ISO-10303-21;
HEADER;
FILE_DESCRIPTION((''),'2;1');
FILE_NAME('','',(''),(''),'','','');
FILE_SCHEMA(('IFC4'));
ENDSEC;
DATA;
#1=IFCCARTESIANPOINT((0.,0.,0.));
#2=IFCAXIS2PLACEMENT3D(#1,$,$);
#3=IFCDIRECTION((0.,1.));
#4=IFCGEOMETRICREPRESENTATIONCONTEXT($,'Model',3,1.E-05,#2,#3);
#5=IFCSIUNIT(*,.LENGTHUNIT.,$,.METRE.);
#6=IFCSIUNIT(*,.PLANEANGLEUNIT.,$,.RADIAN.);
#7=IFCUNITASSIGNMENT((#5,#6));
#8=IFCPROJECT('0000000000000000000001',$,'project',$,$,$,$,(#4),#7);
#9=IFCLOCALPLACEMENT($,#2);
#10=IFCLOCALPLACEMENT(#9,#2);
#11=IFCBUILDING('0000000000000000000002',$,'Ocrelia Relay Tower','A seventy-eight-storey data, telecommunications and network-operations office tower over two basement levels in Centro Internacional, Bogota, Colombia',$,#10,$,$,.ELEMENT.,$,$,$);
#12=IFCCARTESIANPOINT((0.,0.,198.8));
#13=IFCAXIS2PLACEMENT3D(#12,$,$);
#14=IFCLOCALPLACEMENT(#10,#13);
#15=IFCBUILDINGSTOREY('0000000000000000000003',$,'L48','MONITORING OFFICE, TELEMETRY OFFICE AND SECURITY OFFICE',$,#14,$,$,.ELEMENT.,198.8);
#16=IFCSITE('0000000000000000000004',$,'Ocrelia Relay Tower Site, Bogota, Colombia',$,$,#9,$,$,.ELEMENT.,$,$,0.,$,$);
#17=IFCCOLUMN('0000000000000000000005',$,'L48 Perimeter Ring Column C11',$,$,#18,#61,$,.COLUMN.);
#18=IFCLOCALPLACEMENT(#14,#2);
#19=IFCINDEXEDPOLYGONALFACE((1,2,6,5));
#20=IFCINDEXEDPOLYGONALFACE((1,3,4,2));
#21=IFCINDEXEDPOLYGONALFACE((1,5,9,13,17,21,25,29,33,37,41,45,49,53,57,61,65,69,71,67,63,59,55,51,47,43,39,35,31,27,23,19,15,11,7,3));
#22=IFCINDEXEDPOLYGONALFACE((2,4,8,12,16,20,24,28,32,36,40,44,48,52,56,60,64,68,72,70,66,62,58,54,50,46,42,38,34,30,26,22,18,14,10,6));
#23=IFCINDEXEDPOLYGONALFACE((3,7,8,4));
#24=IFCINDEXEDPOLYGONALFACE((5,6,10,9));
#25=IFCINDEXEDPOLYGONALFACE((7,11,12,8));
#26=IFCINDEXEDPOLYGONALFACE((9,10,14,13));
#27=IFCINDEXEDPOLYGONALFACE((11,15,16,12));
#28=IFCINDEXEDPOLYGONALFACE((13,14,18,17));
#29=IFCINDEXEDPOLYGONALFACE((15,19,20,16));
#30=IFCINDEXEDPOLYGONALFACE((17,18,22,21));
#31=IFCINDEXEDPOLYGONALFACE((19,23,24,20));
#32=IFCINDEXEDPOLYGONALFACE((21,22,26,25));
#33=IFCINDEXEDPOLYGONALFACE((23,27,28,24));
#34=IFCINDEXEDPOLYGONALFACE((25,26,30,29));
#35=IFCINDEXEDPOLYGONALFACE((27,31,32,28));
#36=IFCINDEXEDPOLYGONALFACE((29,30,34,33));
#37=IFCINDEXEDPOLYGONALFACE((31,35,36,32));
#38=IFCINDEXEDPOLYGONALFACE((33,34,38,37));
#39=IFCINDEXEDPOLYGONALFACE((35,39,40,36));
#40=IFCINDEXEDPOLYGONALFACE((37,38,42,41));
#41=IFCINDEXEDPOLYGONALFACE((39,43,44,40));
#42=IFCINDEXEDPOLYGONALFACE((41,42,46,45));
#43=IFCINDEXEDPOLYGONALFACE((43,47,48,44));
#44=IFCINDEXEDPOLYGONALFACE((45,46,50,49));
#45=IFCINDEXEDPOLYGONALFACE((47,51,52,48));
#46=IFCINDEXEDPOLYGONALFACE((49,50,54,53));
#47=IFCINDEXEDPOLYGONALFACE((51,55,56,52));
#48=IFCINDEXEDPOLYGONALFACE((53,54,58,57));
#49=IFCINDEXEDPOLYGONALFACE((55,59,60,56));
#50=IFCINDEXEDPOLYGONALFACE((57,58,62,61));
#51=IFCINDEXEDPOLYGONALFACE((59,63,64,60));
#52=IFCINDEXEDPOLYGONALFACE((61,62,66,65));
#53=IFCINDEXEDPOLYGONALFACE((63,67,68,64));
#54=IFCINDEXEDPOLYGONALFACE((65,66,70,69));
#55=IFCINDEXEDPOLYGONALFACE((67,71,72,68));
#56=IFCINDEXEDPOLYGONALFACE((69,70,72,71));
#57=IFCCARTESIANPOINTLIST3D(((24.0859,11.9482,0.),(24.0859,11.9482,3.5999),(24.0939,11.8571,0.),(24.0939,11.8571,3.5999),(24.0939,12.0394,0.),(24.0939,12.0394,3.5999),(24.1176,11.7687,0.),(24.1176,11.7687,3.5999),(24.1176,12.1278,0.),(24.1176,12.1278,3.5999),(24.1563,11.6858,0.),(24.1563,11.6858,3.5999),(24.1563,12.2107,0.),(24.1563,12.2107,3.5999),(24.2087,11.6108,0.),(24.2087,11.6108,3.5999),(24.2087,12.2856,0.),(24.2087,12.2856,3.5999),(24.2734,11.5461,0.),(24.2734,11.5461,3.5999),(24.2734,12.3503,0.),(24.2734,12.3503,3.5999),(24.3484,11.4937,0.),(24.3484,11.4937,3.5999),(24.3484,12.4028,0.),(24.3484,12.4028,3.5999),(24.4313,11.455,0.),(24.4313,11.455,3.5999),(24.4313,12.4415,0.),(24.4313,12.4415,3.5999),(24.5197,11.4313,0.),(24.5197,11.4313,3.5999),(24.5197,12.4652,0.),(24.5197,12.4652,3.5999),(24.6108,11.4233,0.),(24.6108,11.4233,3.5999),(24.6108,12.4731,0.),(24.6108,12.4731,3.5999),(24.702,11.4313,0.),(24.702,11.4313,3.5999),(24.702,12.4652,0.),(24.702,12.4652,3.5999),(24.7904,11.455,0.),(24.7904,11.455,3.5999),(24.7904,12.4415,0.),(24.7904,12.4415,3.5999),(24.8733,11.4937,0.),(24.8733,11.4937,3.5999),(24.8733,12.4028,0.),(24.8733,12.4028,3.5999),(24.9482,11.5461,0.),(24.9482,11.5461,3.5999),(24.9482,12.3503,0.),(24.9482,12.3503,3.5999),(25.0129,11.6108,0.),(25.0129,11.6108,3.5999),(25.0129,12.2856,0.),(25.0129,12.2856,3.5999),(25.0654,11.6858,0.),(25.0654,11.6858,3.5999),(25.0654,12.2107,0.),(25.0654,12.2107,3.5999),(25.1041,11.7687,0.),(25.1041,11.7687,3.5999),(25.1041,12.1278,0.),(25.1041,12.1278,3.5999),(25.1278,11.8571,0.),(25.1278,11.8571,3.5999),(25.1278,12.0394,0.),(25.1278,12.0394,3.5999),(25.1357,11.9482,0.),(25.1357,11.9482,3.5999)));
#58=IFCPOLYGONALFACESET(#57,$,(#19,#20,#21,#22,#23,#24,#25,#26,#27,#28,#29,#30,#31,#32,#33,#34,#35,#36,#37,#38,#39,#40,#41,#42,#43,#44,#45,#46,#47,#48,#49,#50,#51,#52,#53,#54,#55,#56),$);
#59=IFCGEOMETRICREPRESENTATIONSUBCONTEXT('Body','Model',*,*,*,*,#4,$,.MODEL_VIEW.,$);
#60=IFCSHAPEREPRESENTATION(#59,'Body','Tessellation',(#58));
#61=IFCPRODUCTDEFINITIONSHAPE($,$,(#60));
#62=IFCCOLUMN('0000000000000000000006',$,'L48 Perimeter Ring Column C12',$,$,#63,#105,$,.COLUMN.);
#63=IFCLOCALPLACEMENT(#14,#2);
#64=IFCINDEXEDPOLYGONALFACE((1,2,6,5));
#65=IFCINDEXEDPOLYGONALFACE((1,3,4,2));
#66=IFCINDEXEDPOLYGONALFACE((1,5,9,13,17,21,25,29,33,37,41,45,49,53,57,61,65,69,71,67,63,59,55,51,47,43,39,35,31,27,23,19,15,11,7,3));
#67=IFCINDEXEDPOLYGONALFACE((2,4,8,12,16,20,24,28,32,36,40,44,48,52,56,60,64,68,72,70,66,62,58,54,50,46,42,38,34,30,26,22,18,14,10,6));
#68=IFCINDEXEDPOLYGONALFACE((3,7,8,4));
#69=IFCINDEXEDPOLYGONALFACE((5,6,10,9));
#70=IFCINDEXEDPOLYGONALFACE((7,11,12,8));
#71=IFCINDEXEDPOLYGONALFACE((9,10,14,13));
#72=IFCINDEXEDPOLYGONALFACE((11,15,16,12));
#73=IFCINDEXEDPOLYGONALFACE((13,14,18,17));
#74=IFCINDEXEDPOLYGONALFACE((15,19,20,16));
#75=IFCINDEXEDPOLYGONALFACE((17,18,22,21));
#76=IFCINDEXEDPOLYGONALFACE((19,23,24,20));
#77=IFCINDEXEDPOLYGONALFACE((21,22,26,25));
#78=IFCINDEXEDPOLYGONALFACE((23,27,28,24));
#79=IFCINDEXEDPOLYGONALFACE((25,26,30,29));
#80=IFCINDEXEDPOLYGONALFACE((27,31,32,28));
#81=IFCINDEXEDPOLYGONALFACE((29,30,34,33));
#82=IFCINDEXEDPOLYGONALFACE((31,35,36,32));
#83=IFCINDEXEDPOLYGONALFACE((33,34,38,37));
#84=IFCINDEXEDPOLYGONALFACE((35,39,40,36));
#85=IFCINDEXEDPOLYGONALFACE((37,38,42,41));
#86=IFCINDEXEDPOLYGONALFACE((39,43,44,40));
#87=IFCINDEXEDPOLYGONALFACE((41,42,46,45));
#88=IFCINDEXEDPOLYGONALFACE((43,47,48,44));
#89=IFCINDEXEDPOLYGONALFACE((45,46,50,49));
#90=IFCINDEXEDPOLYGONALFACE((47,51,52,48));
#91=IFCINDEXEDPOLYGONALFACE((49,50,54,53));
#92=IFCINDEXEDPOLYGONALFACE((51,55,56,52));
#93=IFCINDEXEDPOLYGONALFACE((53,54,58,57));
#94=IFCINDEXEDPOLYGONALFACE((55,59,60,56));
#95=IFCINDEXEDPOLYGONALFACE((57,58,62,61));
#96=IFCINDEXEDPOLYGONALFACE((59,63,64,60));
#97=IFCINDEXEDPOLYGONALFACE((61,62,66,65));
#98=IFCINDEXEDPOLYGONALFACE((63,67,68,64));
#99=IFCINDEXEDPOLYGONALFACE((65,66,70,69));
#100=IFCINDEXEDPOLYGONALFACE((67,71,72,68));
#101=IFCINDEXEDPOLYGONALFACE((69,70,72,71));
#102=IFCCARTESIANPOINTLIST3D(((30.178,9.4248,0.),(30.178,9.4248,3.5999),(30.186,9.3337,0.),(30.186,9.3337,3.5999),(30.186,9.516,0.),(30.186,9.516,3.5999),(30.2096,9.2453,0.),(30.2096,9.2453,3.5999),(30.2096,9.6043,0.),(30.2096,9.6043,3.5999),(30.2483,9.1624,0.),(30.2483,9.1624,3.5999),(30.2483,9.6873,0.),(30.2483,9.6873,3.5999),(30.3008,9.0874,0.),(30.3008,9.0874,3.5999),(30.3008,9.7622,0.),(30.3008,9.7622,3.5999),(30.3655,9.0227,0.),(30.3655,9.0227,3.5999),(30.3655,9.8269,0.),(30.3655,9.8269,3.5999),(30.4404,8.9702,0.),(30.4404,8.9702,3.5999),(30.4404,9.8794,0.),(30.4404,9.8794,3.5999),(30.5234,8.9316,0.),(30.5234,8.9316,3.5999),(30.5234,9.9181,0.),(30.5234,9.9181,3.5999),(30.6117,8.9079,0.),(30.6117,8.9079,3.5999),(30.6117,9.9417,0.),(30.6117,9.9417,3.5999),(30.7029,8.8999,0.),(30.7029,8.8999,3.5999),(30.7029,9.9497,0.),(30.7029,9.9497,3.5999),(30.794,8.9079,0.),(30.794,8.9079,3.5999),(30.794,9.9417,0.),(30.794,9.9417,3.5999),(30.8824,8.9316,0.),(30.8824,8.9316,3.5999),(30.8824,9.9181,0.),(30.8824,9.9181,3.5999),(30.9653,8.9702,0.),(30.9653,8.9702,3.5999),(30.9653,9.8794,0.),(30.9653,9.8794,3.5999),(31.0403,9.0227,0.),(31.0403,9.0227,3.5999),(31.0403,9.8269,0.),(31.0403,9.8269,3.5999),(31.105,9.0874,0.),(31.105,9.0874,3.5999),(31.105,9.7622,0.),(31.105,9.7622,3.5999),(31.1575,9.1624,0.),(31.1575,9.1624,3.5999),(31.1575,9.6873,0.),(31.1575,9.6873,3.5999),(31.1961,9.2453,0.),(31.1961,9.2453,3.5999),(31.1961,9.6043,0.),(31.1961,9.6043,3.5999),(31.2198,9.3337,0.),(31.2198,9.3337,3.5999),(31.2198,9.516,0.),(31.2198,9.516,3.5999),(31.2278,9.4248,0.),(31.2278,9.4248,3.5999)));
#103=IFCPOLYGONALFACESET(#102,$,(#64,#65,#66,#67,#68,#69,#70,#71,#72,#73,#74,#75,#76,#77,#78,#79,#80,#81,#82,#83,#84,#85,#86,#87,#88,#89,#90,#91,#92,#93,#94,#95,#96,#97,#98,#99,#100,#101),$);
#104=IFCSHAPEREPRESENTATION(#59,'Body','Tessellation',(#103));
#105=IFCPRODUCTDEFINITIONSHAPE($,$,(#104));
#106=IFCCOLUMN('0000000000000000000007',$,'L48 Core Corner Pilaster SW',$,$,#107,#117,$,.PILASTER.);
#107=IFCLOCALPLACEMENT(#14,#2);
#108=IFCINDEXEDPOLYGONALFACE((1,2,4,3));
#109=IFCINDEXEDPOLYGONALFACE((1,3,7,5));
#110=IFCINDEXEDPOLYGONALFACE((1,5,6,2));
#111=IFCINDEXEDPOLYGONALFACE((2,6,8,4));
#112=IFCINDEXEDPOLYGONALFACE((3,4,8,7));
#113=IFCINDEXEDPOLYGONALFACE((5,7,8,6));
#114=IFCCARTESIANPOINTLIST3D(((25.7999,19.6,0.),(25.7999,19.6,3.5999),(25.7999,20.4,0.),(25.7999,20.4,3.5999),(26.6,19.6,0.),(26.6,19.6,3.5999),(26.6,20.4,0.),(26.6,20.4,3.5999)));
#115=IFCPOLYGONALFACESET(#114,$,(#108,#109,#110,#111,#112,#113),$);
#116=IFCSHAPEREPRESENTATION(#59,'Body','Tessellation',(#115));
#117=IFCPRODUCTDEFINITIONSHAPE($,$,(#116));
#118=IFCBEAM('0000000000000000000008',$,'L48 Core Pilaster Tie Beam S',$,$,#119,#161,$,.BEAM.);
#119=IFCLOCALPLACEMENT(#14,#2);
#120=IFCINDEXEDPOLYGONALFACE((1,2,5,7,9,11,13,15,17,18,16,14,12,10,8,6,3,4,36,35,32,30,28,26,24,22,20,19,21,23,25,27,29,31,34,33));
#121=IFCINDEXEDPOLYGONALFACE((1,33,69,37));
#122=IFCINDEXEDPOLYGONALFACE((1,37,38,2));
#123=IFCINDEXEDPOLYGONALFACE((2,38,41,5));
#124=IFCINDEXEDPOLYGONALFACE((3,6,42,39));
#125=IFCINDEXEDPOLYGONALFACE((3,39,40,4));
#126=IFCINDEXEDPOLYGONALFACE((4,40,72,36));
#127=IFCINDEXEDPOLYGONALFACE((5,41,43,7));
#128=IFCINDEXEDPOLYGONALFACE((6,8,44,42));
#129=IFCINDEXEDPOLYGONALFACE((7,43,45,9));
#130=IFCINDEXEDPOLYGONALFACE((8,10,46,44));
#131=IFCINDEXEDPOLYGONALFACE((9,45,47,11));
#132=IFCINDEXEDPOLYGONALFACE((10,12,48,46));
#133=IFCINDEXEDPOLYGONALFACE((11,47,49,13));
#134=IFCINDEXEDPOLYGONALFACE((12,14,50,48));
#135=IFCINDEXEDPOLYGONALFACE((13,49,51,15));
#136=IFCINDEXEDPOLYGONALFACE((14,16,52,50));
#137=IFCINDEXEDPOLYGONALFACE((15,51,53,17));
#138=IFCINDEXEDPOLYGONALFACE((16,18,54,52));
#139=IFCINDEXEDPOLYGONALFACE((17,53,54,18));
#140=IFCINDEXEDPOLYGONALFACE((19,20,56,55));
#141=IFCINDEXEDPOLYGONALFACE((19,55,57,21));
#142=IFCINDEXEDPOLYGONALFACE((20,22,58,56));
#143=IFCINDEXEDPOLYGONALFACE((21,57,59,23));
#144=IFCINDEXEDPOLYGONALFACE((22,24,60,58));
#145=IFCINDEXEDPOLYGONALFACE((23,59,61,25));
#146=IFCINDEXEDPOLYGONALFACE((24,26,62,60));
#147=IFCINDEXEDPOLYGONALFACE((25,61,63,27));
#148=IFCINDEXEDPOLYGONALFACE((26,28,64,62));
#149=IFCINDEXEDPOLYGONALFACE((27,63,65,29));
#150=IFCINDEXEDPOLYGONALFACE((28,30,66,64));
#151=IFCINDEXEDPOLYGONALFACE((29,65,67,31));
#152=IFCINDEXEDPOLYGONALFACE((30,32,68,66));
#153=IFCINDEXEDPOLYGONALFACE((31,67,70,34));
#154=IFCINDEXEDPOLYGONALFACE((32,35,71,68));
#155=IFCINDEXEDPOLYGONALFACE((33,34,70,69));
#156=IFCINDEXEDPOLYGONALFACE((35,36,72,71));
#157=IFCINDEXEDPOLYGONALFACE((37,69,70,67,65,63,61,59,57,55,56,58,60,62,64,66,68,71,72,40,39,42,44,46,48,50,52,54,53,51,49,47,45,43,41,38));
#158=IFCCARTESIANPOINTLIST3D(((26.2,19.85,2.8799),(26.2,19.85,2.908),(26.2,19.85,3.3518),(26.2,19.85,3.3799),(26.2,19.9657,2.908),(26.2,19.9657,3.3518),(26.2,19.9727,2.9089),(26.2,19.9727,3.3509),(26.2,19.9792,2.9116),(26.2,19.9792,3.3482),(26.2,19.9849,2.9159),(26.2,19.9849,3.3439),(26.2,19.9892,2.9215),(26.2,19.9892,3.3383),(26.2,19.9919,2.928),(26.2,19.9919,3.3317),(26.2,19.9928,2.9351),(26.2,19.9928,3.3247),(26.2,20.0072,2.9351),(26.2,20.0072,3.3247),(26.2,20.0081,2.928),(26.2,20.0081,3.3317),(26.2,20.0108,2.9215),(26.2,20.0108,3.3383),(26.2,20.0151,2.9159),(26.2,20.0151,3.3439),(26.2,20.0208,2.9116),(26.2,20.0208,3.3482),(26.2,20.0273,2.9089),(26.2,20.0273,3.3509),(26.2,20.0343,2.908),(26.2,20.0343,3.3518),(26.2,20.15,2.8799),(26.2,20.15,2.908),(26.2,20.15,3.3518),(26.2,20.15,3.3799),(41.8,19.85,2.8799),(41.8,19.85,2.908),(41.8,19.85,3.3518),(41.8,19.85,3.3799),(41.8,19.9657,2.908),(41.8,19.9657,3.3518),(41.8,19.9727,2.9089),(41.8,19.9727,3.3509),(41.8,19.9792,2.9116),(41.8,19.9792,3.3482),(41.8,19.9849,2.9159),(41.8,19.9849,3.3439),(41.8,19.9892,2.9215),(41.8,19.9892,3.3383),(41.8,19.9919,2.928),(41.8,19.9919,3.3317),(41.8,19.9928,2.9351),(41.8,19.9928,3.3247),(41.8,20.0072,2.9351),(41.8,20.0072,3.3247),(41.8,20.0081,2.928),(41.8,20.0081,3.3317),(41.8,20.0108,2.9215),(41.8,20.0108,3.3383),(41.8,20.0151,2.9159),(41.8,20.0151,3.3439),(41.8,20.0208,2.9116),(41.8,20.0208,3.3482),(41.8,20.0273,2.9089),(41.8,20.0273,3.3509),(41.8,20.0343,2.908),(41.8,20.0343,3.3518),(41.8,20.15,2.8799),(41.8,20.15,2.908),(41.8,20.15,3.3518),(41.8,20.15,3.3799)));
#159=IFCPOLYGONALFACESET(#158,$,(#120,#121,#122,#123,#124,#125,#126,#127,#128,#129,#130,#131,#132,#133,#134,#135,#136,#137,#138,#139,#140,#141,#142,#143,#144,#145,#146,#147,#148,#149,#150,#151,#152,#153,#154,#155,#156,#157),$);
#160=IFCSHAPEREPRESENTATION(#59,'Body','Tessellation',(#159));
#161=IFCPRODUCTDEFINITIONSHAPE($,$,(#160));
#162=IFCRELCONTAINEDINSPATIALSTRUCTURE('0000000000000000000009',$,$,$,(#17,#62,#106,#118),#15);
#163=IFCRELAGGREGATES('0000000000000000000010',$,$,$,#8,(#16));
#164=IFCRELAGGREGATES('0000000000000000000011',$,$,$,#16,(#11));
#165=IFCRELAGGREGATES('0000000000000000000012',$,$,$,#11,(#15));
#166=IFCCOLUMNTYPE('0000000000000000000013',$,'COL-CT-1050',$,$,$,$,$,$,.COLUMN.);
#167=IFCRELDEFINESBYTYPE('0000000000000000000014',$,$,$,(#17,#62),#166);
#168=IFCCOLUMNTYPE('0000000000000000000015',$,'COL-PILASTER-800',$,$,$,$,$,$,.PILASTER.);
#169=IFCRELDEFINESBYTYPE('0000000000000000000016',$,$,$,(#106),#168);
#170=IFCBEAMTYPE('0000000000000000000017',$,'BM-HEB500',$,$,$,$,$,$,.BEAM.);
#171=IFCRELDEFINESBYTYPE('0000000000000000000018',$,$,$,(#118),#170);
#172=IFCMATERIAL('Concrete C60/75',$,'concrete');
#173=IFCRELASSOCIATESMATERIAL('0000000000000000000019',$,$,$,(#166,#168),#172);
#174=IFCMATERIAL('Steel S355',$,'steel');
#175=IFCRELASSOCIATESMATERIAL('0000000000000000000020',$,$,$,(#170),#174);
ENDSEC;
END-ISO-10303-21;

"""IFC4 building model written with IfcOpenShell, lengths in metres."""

from ifc_helpers import new_model, si_unit, direction, frame, origin, origin_2d, place, context, subcontext, project, spatial, rectangle, circle, i_section, extrude, material, material_profile, profile_set, type_object, element, save


model = new_model("IFC4")

# Units and contexts
model_context = context("Model", 3, precision=1e-05, world=origin(), true_north=direction((0.0, 1.0)))
body_context = subcontext(model_context, "Body", "Model", "MODEL_VIEW")
ifc_project = project(units=[si_unit("LENGTHUNIT", "METRE"), si_unit("PLANEANGLEUNIT", "RADIAN")], contexts=[model_context])

# Site, building, storey
site_placement = place(None, origin())
site = spatial("IfcSite", under=ifc_project, at=site_placement, Name="Ocrelia Relay Tower Site, Bogota, Colombia", CompositionType="ELEMENT", RefElevation=0.0)
building_placement = place(site_placement, origin())
building = spatial("IfcBuilding", under=site, at=building_placement, Name="Ocrelia Relay Tower", Description="A seventy-eight-storey data, telecommunications and network-operations office tower over two basement levels in Centro Internacional, Bogota, Colombia", CompositionType="ELEMENT")
storey_placement = place(building_placement, frame((0.0, 0.0, 198.8)))
storey = spatial("IfcBuildingStorey", under=building, at=storey_placement, Name="L48", Description="MONITORING OFFICE, TELEMETRY OFFICE AND SECURITY OFFICE", CompositionType="ELEMENT", Elevation=198.8)

# Columns
ifc_material_1 = material(Name="Concrete C60/75", Category="concrete")
ifc_material_profile_1 = material_profile(ifc_material_1, circle(Radius=0.5249, at=origin_2d()), Name="RC-CIR-1050")
ifc_profile_set_1 = profile_set([ifc_material_profile_1], Name="Concrete C60/75")
column_type_1 = type_object("IfcColumnType", Name="COL-CT-1050", PredefinedType="COLUMN", material=ifc_profile_set_1)
for number, where, z_axis, x_axis, name in (
    (1, (24.6108, 11.9482, 0.0), (0.0, 0.0, 1.0), (1.0, 0.0, 0.0), "L48 Perimeter Ring Column C11"),
    (2, (30.7029, 9.4248, 0.0), (0.0, 0.0, 1.0), (1.0, 0.0, 0.0), "L48 Perimeter Ring Column C12"),
):
    element("IfcColumn", number, at=place(storey_placement, frame(where, z_axis=z_axis, x_axis=x_axis)), inside=storey, type_object=column_type_1, Name=name, PredefinedType="COLUMN", context=body_context, shape_type="SweptSolid", body=[
        extrude(circle(Radius=0.5249, at=origin_2d()), origin(), (0.0, 0.0, 1.0), 3.5999),
    ])
ifc_material_profile_2 = material_profile(ifc_material_1, rectangle(XDim=0.8, YDim=0.8, at=origin_2d()), Name="RC-COL-800x800")
ifc_profile_set_2 = profile_set([ifc_material_profile_2], Name="Concrete C60/75")
column_type_2 = type_object("IfcColumnType", Name="COL-PILASTER-800", PredefinedType="PILASTER", material=ifc_profile_set_2)
column_placement = place(storey_placement, frame((26.2, 20.0, 0.0), z_axis=(0.0, 0.0, 1.0), x_axis=(1.0, 0.0, 0.0)))
element("IfcColumn", 3, at=column_placement, inside=storey, type_object=column_type_2, Name="L48 Core Corner Pilaster SW", PredefinedType="PILASTER", context=body_context, shape_type="SweptSolid", body=[
    extrude(rectangle(XDim=0.8, YDim=0.8, at=origin_2d()), origin(), (0.0, 0.0, 1.0), 3.5999),
])

# Beam
ifc_material_2 = material(Name="Steel S355", Category="steel")
ifc_material_profile_3 = material_profile(ifc_material_2, i_section(OverallWidth=0.3, OverallDepth=0.5, WebThickness=0.0144, FlangeThickness=0.0281, FilletRadius=0.0271, at=origin_2d()), Name="HEB 500")
ifc_profile_set_3 = profile_set([ifc_material_profile_3], Name="Steel S355")
beam_type_1 = type_object("IfcBeamType", Name="BM-HEB500", PredefinedType="BEAM", material=ifc_profile_set_3)
beam_1_placement = place(storey_placement, frame((26.2, 20.0, 3.1299), z_axis=(1.0, 0.0, 0.0), x_axis=(0.0, 1.0, 0.0)))
element("IfcBeam", 4, at=beam_1_placement, inside=storey, type_object=beam_type_1, Name="L48 Core Pilaster Tie Beam S", PredefinedType="BEAM", context=body_context, shape_type="SweptSolid", body=[
    extrude(i_section(OverallWidth=0.3, OverallDepth=0.5, WebThickness=0.0144, FlangeThickness=0.0281, FilletRadius=0.0271, at=origin_2d()), origin(), (0.0, 0.0, 1.0), 15.6001),
])

save(model, "model.ifc")
